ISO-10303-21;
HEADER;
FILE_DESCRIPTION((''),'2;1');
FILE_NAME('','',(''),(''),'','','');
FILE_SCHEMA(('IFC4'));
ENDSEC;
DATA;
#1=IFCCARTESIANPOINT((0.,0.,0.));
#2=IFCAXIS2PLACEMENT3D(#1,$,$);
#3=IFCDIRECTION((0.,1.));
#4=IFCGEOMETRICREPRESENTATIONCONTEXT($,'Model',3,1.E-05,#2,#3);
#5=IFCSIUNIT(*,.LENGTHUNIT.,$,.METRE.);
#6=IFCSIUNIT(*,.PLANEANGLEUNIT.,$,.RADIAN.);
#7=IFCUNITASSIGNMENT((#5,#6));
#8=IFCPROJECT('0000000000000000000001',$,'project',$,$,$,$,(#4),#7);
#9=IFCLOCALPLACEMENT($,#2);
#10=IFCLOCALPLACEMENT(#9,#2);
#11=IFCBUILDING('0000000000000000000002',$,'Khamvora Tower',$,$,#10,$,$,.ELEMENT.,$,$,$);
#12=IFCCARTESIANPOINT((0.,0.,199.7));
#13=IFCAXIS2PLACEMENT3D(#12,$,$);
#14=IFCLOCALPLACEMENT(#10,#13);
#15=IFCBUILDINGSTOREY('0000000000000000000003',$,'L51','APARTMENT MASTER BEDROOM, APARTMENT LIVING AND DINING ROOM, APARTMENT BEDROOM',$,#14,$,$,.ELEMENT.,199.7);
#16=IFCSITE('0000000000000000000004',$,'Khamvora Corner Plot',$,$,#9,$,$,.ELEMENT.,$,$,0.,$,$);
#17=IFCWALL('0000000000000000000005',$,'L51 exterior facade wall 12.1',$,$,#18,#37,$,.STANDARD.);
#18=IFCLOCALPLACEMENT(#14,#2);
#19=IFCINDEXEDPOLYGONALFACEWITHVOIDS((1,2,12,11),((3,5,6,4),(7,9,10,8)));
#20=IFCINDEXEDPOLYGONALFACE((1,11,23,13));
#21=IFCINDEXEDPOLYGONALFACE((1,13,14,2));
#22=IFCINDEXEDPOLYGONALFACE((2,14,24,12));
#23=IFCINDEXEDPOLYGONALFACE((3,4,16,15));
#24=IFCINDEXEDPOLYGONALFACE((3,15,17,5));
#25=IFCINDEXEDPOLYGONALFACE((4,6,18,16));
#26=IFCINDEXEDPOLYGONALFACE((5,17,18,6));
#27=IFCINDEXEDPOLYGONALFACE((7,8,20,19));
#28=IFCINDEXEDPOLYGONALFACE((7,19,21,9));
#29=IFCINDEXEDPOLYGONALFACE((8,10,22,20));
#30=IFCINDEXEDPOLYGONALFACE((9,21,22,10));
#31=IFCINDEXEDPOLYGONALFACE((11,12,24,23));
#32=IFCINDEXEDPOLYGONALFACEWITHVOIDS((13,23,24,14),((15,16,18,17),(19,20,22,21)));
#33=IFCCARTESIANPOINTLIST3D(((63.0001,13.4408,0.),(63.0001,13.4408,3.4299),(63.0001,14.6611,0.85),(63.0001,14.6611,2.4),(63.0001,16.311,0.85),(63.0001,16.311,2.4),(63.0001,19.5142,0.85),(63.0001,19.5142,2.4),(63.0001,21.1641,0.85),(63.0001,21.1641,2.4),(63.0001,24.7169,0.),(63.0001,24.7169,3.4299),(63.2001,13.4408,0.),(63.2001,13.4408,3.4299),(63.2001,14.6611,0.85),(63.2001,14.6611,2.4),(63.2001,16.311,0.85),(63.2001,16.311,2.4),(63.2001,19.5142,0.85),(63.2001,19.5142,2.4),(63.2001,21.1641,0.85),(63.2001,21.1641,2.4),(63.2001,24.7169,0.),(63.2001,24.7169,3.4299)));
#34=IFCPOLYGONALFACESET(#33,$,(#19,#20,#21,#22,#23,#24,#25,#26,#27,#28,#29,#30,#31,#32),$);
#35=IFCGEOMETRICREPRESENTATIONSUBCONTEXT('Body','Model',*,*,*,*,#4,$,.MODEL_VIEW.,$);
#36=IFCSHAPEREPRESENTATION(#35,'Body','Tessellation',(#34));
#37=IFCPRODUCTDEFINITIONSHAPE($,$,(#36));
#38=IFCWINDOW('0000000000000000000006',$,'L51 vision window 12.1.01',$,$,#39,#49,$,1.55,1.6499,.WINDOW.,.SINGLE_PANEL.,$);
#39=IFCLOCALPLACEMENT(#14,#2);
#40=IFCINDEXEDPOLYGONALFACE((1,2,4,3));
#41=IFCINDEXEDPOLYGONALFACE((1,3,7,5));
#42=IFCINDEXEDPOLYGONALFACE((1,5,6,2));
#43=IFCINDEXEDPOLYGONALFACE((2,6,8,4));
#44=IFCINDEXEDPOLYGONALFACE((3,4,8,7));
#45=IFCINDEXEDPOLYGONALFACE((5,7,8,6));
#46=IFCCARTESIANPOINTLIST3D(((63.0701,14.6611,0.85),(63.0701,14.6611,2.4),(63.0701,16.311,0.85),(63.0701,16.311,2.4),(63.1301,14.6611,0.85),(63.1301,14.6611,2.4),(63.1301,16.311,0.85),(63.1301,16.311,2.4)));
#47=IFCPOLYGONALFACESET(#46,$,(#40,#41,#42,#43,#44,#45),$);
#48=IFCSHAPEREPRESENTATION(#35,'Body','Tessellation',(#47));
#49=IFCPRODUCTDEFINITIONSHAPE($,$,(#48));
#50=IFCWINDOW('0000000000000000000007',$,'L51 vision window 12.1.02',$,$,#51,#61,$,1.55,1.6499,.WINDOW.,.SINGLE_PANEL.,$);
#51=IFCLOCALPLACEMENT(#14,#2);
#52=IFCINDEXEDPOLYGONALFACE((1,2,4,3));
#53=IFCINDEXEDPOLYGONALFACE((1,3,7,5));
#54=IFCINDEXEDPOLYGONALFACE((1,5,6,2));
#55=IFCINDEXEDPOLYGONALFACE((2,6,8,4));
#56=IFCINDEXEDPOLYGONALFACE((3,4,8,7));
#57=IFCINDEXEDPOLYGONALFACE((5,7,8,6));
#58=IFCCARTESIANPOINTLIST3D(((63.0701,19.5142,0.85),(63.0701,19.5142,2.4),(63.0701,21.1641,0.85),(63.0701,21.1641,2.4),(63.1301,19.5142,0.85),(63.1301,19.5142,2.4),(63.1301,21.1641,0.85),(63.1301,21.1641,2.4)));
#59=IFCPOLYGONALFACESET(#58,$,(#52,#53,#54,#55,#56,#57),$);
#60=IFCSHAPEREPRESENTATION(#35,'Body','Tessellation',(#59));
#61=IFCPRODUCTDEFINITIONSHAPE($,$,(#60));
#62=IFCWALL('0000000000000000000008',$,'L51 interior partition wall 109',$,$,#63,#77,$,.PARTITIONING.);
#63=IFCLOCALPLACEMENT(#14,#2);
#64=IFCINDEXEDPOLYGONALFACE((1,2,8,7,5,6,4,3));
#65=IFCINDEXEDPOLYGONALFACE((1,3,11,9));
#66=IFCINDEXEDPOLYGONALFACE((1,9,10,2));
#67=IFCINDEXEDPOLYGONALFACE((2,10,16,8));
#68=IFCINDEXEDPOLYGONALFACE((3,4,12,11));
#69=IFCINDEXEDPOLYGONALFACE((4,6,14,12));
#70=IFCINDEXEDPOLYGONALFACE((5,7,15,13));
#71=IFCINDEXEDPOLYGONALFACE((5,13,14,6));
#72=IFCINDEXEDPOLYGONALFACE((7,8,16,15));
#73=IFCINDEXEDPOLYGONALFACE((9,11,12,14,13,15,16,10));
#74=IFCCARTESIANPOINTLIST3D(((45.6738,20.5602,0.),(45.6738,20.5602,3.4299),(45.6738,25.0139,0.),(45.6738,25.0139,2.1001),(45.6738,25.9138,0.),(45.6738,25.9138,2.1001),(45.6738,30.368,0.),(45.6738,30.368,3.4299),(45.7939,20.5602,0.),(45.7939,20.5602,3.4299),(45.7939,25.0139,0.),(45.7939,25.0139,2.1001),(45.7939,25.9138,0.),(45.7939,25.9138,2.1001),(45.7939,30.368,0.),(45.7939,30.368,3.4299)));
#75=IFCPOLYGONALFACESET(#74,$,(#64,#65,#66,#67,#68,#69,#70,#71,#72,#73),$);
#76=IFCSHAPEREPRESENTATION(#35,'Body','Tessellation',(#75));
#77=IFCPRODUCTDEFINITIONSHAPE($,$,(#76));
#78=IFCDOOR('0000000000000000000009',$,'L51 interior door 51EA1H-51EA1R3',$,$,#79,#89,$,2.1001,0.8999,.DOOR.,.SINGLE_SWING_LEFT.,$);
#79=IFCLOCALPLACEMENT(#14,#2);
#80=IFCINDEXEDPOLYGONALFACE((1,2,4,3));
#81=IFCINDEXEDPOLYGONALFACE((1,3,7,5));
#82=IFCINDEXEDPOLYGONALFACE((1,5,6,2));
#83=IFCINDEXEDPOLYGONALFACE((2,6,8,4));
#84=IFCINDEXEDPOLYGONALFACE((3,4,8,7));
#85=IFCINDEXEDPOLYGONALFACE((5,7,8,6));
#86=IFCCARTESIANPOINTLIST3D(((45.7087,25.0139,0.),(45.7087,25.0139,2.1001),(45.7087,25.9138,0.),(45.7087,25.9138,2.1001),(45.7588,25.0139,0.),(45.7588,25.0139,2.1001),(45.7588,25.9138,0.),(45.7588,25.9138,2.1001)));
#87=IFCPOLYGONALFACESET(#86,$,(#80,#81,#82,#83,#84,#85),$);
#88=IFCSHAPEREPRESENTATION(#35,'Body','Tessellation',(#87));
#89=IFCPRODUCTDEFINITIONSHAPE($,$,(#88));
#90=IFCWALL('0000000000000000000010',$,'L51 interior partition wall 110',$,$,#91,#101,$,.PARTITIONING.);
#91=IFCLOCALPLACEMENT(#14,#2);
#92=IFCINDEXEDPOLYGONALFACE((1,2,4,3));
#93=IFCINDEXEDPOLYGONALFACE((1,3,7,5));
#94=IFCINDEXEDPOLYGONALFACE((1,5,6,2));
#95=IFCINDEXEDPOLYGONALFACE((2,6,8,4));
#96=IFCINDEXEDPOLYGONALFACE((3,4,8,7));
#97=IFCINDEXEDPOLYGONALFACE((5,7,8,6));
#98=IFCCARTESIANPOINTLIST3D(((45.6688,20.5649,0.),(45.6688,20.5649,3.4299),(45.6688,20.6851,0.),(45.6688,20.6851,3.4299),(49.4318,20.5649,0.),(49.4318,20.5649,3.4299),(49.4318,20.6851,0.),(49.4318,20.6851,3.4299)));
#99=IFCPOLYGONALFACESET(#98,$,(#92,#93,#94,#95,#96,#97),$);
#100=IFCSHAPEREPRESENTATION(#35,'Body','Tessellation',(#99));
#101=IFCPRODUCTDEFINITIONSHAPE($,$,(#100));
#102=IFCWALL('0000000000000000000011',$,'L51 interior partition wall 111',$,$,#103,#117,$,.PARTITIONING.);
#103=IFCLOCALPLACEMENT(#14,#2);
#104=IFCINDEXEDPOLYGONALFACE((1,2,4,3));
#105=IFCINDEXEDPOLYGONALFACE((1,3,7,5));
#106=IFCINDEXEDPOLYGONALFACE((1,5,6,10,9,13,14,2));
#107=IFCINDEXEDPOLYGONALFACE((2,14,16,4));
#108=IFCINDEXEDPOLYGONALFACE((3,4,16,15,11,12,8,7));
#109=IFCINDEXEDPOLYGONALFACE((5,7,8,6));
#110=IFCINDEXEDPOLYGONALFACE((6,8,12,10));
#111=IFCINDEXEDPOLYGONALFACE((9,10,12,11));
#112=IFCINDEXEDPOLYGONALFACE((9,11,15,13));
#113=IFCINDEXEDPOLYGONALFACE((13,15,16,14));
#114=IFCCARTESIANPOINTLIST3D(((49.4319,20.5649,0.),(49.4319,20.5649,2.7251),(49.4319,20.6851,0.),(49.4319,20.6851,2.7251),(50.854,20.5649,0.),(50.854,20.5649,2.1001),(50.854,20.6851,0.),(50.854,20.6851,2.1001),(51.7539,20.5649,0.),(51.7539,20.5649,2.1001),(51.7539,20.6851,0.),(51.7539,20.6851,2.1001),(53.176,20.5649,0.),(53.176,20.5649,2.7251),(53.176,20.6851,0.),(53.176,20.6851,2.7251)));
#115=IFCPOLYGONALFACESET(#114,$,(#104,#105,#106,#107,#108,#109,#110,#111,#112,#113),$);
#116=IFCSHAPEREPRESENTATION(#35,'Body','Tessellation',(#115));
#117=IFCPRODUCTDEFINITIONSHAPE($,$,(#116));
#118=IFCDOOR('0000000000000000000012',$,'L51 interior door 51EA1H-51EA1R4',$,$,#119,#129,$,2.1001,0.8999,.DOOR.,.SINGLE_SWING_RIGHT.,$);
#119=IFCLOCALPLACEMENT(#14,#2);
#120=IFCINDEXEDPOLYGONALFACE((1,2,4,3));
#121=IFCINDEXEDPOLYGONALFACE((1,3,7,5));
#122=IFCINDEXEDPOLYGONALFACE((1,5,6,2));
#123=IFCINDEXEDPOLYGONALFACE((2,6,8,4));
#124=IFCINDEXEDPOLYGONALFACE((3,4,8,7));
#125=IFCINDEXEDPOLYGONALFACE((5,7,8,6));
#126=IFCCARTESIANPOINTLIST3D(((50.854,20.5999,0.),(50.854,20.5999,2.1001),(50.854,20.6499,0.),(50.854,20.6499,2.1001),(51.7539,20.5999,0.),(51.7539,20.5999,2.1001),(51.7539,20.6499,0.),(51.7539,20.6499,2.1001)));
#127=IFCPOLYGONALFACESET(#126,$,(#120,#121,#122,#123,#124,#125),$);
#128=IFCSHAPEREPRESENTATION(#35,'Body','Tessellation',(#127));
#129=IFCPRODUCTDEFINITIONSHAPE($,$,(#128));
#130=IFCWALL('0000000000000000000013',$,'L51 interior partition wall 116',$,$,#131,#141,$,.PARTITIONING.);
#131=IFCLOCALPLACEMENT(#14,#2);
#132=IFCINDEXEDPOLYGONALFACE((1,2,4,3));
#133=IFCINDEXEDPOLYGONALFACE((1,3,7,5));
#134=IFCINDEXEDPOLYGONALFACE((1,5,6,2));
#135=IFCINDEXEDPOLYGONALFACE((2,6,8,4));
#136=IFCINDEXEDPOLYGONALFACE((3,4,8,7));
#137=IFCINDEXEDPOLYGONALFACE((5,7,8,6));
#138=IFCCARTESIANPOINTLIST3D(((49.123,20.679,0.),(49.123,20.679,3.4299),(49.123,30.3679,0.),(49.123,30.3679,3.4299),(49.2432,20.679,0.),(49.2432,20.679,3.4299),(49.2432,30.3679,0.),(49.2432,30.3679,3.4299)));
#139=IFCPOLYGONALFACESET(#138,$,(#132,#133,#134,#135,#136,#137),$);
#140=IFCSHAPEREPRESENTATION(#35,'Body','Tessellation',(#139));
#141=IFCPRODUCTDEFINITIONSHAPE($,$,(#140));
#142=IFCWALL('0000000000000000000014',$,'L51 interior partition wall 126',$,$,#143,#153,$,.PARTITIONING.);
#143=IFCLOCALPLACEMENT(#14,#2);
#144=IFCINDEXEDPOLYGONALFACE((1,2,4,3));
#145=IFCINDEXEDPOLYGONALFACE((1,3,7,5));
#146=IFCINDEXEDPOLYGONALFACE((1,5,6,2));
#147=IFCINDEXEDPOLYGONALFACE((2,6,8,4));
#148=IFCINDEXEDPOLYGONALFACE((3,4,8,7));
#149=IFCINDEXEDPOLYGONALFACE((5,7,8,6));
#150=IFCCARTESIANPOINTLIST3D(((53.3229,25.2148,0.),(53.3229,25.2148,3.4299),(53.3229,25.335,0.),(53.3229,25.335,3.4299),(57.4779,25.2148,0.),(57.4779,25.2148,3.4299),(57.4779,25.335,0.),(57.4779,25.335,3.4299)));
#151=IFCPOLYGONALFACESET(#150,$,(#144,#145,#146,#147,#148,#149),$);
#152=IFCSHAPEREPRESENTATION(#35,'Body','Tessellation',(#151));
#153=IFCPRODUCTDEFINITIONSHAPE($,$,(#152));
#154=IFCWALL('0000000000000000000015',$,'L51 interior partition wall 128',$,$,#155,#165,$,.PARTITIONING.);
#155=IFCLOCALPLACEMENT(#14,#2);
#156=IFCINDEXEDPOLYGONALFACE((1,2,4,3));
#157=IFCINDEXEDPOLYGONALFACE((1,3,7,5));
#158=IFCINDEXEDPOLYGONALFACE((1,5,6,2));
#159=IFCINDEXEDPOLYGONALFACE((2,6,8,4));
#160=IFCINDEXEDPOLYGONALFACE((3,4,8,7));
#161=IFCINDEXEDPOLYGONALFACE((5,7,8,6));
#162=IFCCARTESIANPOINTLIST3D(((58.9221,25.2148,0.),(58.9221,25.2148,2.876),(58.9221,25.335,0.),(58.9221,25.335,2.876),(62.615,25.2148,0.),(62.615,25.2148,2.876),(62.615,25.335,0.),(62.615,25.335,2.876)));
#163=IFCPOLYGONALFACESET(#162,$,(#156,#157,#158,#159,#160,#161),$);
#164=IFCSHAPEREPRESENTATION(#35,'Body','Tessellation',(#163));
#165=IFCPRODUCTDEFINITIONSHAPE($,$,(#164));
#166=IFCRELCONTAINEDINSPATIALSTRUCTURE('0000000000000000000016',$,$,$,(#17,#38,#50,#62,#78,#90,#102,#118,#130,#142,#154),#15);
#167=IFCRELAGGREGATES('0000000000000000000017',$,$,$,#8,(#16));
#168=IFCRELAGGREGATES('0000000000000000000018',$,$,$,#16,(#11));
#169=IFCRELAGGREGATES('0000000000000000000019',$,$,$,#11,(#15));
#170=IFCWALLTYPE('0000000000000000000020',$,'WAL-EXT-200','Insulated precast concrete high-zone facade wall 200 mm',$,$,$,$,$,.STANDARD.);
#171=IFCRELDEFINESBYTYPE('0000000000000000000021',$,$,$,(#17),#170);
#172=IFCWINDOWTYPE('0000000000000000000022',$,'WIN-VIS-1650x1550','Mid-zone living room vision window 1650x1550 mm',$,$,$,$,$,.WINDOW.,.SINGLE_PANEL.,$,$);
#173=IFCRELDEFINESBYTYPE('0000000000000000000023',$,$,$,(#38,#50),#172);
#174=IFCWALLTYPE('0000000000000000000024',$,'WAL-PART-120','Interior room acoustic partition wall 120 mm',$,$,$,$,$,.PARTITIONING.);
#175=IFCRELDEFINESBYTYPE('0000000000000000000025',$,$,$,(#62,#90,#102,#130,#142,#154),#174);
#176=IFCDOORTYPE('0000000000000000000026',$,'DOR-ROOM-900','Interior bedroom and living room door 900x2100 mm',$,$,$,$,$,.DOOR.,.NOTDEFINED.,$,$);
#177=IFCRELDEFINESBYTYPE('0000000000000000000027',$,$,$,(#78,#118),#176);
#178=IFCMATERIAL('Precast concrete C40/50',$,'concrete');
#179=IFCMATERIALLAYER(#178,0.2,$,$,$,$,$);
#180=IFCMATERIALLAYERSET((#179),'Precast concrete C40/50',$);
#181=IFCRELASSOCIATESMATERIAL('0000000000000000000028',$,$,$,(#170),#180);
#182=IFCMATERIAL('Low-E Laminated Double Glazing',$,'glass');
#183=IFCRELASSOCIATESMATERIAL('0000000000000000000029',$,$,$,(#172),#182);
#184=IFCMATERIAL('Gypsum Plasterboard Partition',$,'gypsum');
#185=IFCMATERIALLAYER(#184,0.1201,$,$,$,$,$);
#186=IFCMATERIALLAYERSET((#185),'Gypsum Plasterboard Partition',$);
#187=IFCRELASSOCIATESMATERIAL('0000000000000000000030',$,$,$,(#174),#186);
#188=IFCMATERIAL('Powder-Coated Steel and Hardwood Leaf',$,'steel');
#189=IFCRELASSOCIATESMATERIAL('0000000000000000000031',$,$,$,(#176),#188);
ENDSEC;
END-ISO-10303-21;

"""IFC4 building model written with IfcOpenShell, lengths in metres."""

from ifc_helpers import new_model, si_unit, direction, frame, frame_2d, origin, place, context, subcontext, project, spatial, rectangle, extrude, material, layer, layer_set, type_object, element, fill, save


model = new_model("IFC4")

# Units and contexts
model_context = context("Model", 3, precision=1e-05, world=origin(), true_north=direction((0.0, 1.0)))
body_context = subcontext(model_context, "Body", "Model", "MODEL_VIEW")
ifc_project = project(units=[si_unit("LENGTHUNIT", "METRE"), si_unit("PLANEANGLEUNIT", "RADIAN")], contexts=[model_context])

# Site, building, storey
site_placement = place(None, origin())
site = spatial("IfcSite", under=ifc_project, at=site_placement, Name="Khamvora Corner Plot", CompositionType="ELEMENT", RefElevation=0.0)
building_placement = place(site_placement, origin())
building = spatial("IfcBuilding", under=site, at=building_placement, Name="Khamvora Tower", CompositionType="ELEMENT")
storey_placement = place(building_placement, frame((0.0, 0.0, 199.7)))
storey = spatial("IfcBuildingStorey", under=building, at=storey_placement, Name="L51", Description="APARTMENT MASTER BEDROOM, APARTMENT LIVING AND DINING ROOM, APARTMENT BEDROOM", CompositionType="ELEMENT", Elevation=199.7)

# Shared definitions
ifc_material_1 = material(Name="Precast concrete C40/50", Category="concrete")
ifc_layer_1 = layer(ifc_material_1, 0.2)
ifc_layer_set_1 = layer_set([ifc_layer_1], Name="Precast concrete C40/50")
wall_type_1 = type_object("IfcWallType", Name="WAL-EXT-200", Description="Insulated precast concrete high-zone facade wall 200 mm", PredefinedType="STANDARD", material=ifc_layer_set_1)
ifc_material_2 = material(Name="Low-E Laminated Double Glazing", Category="glass")

# Wall, openings, windows
wall_1_placement = place(storey_placement, frame((63.1001, 24.717, 0.0), z_axis=(0.0, 0.0, 1.0), x_axis=(0.0, -1.0, 0.0)))
wall_1 = element("IfcWall", 1, at=wall_1_placement, inside=storey, type_object=wall_type_1, Name="L51 exterior facade wall 12.1", PredefinedType="STANDARD", context=body_context, shape_type="SweptSolid", body=[
    extrude(rectangle(XDim=11.2761, YDim=0.2, at=frame_2d((5.6382, 0.0))), origin(), (0.0, 0.0, 1.0), 3.4299),
])
opening_1_placement = place(wall_1_placement, frame((8.406, 0.0, 0.8501)))
opening_1 = element("IfcOpeningElement", 2, at=opening_1_placement, cuts=wall_1, PredefinedType="OPENING", context=body_context, shape_type="SweptSolid", body=[
    extrude(rectangle(XDim=1.6499, YDim=1.55, at=frame_2d((0.825, 0.7749))), frame((0.0, 0.1099, 0.0), z_axis=(0.0, -1.0, 0.0), x_axis=(1.0, 0.0, 0.0)), (0.0, 0.0, 1.0), 0.22),
])
opening_2_placement = place(wall_1_placement, frame((3.553, 0.0, 0.8501)))
opening_2 = element("IfcOpeningElement", 3, at=opening_2_placement, cuts=wall_1, PredefinedType="OPENING", context=body_context, shape_type="SweptSolid", body=[
    extrude(rectangle(XDim=1.6499, YDim=1.55, at=frame_2d((0.825, 0.7749))), frame((0.0, 0.1099, 0.0), z_axis=(0.0, -1.0, 0.0), x_axis=(1.0, 0.0, 0.0)), (0.0, 0.0, 1.0), 0.22),
])
window_type_1 = type_object("IfcWindowType", Name="WIN-VIS-1650x1550", Description="Mid-zone living room vision window 1650x1550 mm", PartitioningType="SINGLE_PANEL", PredefinedType="WINDOW", material=ifc_material_2)
window_1_placement = place(opening_1_placement, origin())
window_1 = element("IfcWindow", 4, at=window_1_placement, inside=storey, type_object=window_type_1, Name="L51 vision window 12.1.01", OverallHeight=1.55, OverallWidth=1.6499, PartitioningType="SINGLE_PANEL", PredefinedType="WINDOW", context=body_context, shape_type="SweptSolid", body=[
    extrude(rectangle(XDim=1.6499, YDim=1.55, at=frame_2d((0.825, 0.7749))), frame((0.0, 0.03, 0.0), z_axis=(0.0, -1.0, 0.0), x_axis=(1.0, 0.0, 0.0)), (0.0, 0.0, 1.0), 0.0601),
])
fill(opening_1, window_1)
window_2_placement = place(opening_2_placement, origin())
window_2 = element("IfcWindow", 5, at=window_2_placement, inside=storey, type_object=window_type_1, Name="L51 vision window 12.1.02", OverallHeight=1.55, OverallWidth=1.6499, PartitioningType="SINGLE_PANEL", PredefinedType="WINDOW", context=body_context, shape_type="SweptSolid", body=[
    extrude(rectangle(XDim=1.6499, YDim=1.55, at=frame_2d((0.825, 0.7749))), frame((0.0, 0.03, 0.0), z_axis=(0.0, -1.0, 0.0), x_axis=(1.0, 0.0, 0.0)), (0.0, 0.0, 1.0), 0.0601),
])
fill(opening_2, window_2)

# Wall, opening, door
ifc_material_3 = material(Name="Gypsum Plasterboard Partition", Category="gypsum")
ifc_layer_2 = layer(ifc_material_3, 0.1201)
ifc_layer_set_2 = layer_set([ifc_layer_2], Name="Gypsum Plasterboard Partition")
wall_type_2 = type_object("IfcWallType", Name="WAL-PART-120", Description="Interior room acoustic partition wall 120 mm", PredefinedType="PARTITIONING", material=ifc_layer_set_2)
wall_2_placement = place(storey_placement, frame((45.7339, 30.3679, 0.0), z_axis=(0.0, 0.0, 1.0), x_axis=(0.0, -1.0, 0.0)))
wall_2 = element("IfcWall", 6, at=wall_2_placement, inside=storey, type_object=wall_type_2, Name="L51 interior partition wall 109", PredefinedType="PARTITIONING", context=body_context, shape_type="SweptSolid", body=[
    extrude(rectangle(XDim=9.8079, YDim=0.1201, at=frame_2d((4.9038, 0.0))), origin(), (0.0, 0.0, 1.0), 3.4299),
])
opening_3_placement = place(wall_2_placement, frame((4.4541, 0.0, 0.0)))
opening_3 = element("IfcOpeningElement", 7, at=opening_3_placement, cuts=wall_2, PredefinedType="OPENING", context=body_context, shape_type="SweptSolid", body=[
    extrude(rectangle(XDim=0.8999, YDim=2.1001, at=frame_2d((0.45, 1.05))), frame((0.0, 0.0701, 0.0), z_axis=(0.0, -1.0, 0.0), x_axis=(1.0, 0.0, 0.0)), (0.0, 0.0, 1.0), 0.1401),
])
ifc_material_4 = material(Name="Powder-Coated Steel and Hardwood Leaf", Category="steel")
door_type_1 = type_object("IfcDoorType", Name="DOR-ROOM-900", Description="Interior bedroom and living room door 900x2100 mm", OperationType="NOTDEFINED", PredefinedType="DOOR", material=ifc_material_4)
door_1_placement = place(opening_3_placement, origin())
door_1 = element("IfcDoor", 8, at=door_1_placement, inside=storey, type_object=door_type_1, Name="L51 interior door 51EA1H-51EA1R3", OperationType="SINGLE_SWING_LEFT", OverallHeight=2.1001, OverallWidth=0.8999, PredefinedType="DOOR", context=body_context, shape_type="SweptSolid", body=[
    extrude(rectangle(XDim=0.8999, YDim=2.1001, at=frame_2d((0.45, 1.05))), frame((0.0, 0.0249, 0.0), z_axis=(0.0, -1.0, 0.0), x_axis=(1.0, 0.0, 0.0)), (0.0, 0.0, 1.0), 0.05),
])
fill(opening_3, door_1)

# Wall
wall_3_placement = place(storey_placement, frame((45.6689, 20.625, 0.0), z_axis=(0.0, 0.0, 1.0), x_axis=(1.0, 0.0, 0.0)))
element("IfcWall", 9, at=wall_3_placement, inside=storey, type_object=wall_type_2, Name="L51 interior partition wall 110", PredefinedType="PARTITIONING", context=body_context, shape_type="SweptSolid", body=[
    extrude(rectangle(XDim=3.7629, YDim=0.1201, at=frame_2d((1.8813, 0.0))), origin(), (0.0, 0.0, 1.0), 3.4299),
])

# Wall, opening, door
wall_4_placement = place(storey_placement, frame((49.4319, 20.625, 0.0), z_axis=(0.0, 0.0, 1.0), x_axis=(1.0, 0.0, 0.0)))
wall_4 = element("IfcWall", 10, at=wall_4_placement, inside=storey, type_object=wall_type_2, Name="L51 interior partition wall 111", PredefinedType="PARTITIONING", context=body_context, shape_type="SweptSolid", body=[
    extrude(rectangle(XDim=3.7441, YDim=0.1201, at=frame_2d((1.8721, 0.0))), origin(), (0.0, 0.0, 1.0), 2.7251),
])
opening_4_placement = place(wall_4_placement, frame((1.4221, 0.0, 0.0)))
opening_4 = element("IfcOpeningElement", 11, at=opening_4_placement, cuts=wall_4, PredefinedType="OPENING", context=body_context, shape_type="SweptSolid", body=[
    extrude(rectangle(XDim=0.8999, YDim=2.1001, at=frame_2d((0.45, 1.05))), frame((0.0, 0.0701, 0.0), z_axis=(0.0, -1.0, 0.0), x_axis=(1.0, 0.0, 0.0)), (0.0, 0.0, 1.0), 0.1401),
])
door_2_placement = place(opening_4_placement, origin())
door_2 = element("IfcDoor", 12, at=door_2_placement, inside=storey, type_object=door_type_1, Name="L51 interior door 51EA1H-51EA1R4", OperationType="SINGLE_SWING_RIGHT", OverallHeight=2.1001, OverallWidth=0.8999, PredefinedType="DOOR", context=body_context, shape_type="SweptSolid", body=[
    extrude(rectangle(XDim=0.8999, YDim=2.1001, at=frame_2d((0.45, 1.05))), frame((0.0, 0.0249, 0.0), z_axis=(0.0, -1.0, 0.0), x_axis=(1.0, 0.0, 0.0)), (0.0, 0.0, 1.0), 0.05),
])
fill(opening_4, door_2)

# Walls
wall_5_placement = place(storey_placement, frame((49.1831, 30.3679, 0.0), z_axis=(0.0, 0.0, 1.0), x_axis=(0.0, -1.0, 0.0)))
element("IfcWall", 13, at=wall_5_placement, inside=storey, type_object=wall_type_2, Name="L51 interior partition wall 116", PredefinedType="PARTITIONING", context=body_context, shape_type="SweptSolid", body=[
    extrude(rectangle(XDim=9.689, YDim=0.1201, at=frame_2d((4.8445, 0.0))), origin(), (0.0, 0.0, 1.0), 3.4299),
])
wall_6_placement = place(storey_placement, frame((57.478, 25.2749, 0.0), z_axis=(0.0, 0.0, 1.0), x_axis=(-1.0, 0.0, 0.0)))
element("IfcWall", 14, at=wall_6_placement, inside=storey, type_object=wall_type_2, Name="L51 interior partition wall 126", PredefinedType="PARTITIONING", context=body_context, shape_type="SweptSolid", body=[
    extrude(rectangle(XDim=4.155, YDim=0.1201, at=frame_2d((2.0776, 0.0))), origin(), (0.0, 0.0, 1.0), 3.4299),
])
wall_7_placement = place(storey_placement, frame((62.615, 25.2749, 0.0), z_axis=(0.0, 0.0, 1.0), x_axis=(-1.0, 0.0, 0.0)))
element("IfcWall", 15, at=wall_7_placement, inside=storey, type_object=wall_type_2, Name="L51 interior partition wall 128", PredefinedType="PARTITIONING", context=body_context, shape_type="SweptSolid", body=[
    extrude(rectangle(XDim=3.6929, YDim=0.1201, at=frame_2d((1.8464, 0.0))), origin(), (0.0, 0.0, 1.0), 2.876),
])

save(model, "model.ifc")
